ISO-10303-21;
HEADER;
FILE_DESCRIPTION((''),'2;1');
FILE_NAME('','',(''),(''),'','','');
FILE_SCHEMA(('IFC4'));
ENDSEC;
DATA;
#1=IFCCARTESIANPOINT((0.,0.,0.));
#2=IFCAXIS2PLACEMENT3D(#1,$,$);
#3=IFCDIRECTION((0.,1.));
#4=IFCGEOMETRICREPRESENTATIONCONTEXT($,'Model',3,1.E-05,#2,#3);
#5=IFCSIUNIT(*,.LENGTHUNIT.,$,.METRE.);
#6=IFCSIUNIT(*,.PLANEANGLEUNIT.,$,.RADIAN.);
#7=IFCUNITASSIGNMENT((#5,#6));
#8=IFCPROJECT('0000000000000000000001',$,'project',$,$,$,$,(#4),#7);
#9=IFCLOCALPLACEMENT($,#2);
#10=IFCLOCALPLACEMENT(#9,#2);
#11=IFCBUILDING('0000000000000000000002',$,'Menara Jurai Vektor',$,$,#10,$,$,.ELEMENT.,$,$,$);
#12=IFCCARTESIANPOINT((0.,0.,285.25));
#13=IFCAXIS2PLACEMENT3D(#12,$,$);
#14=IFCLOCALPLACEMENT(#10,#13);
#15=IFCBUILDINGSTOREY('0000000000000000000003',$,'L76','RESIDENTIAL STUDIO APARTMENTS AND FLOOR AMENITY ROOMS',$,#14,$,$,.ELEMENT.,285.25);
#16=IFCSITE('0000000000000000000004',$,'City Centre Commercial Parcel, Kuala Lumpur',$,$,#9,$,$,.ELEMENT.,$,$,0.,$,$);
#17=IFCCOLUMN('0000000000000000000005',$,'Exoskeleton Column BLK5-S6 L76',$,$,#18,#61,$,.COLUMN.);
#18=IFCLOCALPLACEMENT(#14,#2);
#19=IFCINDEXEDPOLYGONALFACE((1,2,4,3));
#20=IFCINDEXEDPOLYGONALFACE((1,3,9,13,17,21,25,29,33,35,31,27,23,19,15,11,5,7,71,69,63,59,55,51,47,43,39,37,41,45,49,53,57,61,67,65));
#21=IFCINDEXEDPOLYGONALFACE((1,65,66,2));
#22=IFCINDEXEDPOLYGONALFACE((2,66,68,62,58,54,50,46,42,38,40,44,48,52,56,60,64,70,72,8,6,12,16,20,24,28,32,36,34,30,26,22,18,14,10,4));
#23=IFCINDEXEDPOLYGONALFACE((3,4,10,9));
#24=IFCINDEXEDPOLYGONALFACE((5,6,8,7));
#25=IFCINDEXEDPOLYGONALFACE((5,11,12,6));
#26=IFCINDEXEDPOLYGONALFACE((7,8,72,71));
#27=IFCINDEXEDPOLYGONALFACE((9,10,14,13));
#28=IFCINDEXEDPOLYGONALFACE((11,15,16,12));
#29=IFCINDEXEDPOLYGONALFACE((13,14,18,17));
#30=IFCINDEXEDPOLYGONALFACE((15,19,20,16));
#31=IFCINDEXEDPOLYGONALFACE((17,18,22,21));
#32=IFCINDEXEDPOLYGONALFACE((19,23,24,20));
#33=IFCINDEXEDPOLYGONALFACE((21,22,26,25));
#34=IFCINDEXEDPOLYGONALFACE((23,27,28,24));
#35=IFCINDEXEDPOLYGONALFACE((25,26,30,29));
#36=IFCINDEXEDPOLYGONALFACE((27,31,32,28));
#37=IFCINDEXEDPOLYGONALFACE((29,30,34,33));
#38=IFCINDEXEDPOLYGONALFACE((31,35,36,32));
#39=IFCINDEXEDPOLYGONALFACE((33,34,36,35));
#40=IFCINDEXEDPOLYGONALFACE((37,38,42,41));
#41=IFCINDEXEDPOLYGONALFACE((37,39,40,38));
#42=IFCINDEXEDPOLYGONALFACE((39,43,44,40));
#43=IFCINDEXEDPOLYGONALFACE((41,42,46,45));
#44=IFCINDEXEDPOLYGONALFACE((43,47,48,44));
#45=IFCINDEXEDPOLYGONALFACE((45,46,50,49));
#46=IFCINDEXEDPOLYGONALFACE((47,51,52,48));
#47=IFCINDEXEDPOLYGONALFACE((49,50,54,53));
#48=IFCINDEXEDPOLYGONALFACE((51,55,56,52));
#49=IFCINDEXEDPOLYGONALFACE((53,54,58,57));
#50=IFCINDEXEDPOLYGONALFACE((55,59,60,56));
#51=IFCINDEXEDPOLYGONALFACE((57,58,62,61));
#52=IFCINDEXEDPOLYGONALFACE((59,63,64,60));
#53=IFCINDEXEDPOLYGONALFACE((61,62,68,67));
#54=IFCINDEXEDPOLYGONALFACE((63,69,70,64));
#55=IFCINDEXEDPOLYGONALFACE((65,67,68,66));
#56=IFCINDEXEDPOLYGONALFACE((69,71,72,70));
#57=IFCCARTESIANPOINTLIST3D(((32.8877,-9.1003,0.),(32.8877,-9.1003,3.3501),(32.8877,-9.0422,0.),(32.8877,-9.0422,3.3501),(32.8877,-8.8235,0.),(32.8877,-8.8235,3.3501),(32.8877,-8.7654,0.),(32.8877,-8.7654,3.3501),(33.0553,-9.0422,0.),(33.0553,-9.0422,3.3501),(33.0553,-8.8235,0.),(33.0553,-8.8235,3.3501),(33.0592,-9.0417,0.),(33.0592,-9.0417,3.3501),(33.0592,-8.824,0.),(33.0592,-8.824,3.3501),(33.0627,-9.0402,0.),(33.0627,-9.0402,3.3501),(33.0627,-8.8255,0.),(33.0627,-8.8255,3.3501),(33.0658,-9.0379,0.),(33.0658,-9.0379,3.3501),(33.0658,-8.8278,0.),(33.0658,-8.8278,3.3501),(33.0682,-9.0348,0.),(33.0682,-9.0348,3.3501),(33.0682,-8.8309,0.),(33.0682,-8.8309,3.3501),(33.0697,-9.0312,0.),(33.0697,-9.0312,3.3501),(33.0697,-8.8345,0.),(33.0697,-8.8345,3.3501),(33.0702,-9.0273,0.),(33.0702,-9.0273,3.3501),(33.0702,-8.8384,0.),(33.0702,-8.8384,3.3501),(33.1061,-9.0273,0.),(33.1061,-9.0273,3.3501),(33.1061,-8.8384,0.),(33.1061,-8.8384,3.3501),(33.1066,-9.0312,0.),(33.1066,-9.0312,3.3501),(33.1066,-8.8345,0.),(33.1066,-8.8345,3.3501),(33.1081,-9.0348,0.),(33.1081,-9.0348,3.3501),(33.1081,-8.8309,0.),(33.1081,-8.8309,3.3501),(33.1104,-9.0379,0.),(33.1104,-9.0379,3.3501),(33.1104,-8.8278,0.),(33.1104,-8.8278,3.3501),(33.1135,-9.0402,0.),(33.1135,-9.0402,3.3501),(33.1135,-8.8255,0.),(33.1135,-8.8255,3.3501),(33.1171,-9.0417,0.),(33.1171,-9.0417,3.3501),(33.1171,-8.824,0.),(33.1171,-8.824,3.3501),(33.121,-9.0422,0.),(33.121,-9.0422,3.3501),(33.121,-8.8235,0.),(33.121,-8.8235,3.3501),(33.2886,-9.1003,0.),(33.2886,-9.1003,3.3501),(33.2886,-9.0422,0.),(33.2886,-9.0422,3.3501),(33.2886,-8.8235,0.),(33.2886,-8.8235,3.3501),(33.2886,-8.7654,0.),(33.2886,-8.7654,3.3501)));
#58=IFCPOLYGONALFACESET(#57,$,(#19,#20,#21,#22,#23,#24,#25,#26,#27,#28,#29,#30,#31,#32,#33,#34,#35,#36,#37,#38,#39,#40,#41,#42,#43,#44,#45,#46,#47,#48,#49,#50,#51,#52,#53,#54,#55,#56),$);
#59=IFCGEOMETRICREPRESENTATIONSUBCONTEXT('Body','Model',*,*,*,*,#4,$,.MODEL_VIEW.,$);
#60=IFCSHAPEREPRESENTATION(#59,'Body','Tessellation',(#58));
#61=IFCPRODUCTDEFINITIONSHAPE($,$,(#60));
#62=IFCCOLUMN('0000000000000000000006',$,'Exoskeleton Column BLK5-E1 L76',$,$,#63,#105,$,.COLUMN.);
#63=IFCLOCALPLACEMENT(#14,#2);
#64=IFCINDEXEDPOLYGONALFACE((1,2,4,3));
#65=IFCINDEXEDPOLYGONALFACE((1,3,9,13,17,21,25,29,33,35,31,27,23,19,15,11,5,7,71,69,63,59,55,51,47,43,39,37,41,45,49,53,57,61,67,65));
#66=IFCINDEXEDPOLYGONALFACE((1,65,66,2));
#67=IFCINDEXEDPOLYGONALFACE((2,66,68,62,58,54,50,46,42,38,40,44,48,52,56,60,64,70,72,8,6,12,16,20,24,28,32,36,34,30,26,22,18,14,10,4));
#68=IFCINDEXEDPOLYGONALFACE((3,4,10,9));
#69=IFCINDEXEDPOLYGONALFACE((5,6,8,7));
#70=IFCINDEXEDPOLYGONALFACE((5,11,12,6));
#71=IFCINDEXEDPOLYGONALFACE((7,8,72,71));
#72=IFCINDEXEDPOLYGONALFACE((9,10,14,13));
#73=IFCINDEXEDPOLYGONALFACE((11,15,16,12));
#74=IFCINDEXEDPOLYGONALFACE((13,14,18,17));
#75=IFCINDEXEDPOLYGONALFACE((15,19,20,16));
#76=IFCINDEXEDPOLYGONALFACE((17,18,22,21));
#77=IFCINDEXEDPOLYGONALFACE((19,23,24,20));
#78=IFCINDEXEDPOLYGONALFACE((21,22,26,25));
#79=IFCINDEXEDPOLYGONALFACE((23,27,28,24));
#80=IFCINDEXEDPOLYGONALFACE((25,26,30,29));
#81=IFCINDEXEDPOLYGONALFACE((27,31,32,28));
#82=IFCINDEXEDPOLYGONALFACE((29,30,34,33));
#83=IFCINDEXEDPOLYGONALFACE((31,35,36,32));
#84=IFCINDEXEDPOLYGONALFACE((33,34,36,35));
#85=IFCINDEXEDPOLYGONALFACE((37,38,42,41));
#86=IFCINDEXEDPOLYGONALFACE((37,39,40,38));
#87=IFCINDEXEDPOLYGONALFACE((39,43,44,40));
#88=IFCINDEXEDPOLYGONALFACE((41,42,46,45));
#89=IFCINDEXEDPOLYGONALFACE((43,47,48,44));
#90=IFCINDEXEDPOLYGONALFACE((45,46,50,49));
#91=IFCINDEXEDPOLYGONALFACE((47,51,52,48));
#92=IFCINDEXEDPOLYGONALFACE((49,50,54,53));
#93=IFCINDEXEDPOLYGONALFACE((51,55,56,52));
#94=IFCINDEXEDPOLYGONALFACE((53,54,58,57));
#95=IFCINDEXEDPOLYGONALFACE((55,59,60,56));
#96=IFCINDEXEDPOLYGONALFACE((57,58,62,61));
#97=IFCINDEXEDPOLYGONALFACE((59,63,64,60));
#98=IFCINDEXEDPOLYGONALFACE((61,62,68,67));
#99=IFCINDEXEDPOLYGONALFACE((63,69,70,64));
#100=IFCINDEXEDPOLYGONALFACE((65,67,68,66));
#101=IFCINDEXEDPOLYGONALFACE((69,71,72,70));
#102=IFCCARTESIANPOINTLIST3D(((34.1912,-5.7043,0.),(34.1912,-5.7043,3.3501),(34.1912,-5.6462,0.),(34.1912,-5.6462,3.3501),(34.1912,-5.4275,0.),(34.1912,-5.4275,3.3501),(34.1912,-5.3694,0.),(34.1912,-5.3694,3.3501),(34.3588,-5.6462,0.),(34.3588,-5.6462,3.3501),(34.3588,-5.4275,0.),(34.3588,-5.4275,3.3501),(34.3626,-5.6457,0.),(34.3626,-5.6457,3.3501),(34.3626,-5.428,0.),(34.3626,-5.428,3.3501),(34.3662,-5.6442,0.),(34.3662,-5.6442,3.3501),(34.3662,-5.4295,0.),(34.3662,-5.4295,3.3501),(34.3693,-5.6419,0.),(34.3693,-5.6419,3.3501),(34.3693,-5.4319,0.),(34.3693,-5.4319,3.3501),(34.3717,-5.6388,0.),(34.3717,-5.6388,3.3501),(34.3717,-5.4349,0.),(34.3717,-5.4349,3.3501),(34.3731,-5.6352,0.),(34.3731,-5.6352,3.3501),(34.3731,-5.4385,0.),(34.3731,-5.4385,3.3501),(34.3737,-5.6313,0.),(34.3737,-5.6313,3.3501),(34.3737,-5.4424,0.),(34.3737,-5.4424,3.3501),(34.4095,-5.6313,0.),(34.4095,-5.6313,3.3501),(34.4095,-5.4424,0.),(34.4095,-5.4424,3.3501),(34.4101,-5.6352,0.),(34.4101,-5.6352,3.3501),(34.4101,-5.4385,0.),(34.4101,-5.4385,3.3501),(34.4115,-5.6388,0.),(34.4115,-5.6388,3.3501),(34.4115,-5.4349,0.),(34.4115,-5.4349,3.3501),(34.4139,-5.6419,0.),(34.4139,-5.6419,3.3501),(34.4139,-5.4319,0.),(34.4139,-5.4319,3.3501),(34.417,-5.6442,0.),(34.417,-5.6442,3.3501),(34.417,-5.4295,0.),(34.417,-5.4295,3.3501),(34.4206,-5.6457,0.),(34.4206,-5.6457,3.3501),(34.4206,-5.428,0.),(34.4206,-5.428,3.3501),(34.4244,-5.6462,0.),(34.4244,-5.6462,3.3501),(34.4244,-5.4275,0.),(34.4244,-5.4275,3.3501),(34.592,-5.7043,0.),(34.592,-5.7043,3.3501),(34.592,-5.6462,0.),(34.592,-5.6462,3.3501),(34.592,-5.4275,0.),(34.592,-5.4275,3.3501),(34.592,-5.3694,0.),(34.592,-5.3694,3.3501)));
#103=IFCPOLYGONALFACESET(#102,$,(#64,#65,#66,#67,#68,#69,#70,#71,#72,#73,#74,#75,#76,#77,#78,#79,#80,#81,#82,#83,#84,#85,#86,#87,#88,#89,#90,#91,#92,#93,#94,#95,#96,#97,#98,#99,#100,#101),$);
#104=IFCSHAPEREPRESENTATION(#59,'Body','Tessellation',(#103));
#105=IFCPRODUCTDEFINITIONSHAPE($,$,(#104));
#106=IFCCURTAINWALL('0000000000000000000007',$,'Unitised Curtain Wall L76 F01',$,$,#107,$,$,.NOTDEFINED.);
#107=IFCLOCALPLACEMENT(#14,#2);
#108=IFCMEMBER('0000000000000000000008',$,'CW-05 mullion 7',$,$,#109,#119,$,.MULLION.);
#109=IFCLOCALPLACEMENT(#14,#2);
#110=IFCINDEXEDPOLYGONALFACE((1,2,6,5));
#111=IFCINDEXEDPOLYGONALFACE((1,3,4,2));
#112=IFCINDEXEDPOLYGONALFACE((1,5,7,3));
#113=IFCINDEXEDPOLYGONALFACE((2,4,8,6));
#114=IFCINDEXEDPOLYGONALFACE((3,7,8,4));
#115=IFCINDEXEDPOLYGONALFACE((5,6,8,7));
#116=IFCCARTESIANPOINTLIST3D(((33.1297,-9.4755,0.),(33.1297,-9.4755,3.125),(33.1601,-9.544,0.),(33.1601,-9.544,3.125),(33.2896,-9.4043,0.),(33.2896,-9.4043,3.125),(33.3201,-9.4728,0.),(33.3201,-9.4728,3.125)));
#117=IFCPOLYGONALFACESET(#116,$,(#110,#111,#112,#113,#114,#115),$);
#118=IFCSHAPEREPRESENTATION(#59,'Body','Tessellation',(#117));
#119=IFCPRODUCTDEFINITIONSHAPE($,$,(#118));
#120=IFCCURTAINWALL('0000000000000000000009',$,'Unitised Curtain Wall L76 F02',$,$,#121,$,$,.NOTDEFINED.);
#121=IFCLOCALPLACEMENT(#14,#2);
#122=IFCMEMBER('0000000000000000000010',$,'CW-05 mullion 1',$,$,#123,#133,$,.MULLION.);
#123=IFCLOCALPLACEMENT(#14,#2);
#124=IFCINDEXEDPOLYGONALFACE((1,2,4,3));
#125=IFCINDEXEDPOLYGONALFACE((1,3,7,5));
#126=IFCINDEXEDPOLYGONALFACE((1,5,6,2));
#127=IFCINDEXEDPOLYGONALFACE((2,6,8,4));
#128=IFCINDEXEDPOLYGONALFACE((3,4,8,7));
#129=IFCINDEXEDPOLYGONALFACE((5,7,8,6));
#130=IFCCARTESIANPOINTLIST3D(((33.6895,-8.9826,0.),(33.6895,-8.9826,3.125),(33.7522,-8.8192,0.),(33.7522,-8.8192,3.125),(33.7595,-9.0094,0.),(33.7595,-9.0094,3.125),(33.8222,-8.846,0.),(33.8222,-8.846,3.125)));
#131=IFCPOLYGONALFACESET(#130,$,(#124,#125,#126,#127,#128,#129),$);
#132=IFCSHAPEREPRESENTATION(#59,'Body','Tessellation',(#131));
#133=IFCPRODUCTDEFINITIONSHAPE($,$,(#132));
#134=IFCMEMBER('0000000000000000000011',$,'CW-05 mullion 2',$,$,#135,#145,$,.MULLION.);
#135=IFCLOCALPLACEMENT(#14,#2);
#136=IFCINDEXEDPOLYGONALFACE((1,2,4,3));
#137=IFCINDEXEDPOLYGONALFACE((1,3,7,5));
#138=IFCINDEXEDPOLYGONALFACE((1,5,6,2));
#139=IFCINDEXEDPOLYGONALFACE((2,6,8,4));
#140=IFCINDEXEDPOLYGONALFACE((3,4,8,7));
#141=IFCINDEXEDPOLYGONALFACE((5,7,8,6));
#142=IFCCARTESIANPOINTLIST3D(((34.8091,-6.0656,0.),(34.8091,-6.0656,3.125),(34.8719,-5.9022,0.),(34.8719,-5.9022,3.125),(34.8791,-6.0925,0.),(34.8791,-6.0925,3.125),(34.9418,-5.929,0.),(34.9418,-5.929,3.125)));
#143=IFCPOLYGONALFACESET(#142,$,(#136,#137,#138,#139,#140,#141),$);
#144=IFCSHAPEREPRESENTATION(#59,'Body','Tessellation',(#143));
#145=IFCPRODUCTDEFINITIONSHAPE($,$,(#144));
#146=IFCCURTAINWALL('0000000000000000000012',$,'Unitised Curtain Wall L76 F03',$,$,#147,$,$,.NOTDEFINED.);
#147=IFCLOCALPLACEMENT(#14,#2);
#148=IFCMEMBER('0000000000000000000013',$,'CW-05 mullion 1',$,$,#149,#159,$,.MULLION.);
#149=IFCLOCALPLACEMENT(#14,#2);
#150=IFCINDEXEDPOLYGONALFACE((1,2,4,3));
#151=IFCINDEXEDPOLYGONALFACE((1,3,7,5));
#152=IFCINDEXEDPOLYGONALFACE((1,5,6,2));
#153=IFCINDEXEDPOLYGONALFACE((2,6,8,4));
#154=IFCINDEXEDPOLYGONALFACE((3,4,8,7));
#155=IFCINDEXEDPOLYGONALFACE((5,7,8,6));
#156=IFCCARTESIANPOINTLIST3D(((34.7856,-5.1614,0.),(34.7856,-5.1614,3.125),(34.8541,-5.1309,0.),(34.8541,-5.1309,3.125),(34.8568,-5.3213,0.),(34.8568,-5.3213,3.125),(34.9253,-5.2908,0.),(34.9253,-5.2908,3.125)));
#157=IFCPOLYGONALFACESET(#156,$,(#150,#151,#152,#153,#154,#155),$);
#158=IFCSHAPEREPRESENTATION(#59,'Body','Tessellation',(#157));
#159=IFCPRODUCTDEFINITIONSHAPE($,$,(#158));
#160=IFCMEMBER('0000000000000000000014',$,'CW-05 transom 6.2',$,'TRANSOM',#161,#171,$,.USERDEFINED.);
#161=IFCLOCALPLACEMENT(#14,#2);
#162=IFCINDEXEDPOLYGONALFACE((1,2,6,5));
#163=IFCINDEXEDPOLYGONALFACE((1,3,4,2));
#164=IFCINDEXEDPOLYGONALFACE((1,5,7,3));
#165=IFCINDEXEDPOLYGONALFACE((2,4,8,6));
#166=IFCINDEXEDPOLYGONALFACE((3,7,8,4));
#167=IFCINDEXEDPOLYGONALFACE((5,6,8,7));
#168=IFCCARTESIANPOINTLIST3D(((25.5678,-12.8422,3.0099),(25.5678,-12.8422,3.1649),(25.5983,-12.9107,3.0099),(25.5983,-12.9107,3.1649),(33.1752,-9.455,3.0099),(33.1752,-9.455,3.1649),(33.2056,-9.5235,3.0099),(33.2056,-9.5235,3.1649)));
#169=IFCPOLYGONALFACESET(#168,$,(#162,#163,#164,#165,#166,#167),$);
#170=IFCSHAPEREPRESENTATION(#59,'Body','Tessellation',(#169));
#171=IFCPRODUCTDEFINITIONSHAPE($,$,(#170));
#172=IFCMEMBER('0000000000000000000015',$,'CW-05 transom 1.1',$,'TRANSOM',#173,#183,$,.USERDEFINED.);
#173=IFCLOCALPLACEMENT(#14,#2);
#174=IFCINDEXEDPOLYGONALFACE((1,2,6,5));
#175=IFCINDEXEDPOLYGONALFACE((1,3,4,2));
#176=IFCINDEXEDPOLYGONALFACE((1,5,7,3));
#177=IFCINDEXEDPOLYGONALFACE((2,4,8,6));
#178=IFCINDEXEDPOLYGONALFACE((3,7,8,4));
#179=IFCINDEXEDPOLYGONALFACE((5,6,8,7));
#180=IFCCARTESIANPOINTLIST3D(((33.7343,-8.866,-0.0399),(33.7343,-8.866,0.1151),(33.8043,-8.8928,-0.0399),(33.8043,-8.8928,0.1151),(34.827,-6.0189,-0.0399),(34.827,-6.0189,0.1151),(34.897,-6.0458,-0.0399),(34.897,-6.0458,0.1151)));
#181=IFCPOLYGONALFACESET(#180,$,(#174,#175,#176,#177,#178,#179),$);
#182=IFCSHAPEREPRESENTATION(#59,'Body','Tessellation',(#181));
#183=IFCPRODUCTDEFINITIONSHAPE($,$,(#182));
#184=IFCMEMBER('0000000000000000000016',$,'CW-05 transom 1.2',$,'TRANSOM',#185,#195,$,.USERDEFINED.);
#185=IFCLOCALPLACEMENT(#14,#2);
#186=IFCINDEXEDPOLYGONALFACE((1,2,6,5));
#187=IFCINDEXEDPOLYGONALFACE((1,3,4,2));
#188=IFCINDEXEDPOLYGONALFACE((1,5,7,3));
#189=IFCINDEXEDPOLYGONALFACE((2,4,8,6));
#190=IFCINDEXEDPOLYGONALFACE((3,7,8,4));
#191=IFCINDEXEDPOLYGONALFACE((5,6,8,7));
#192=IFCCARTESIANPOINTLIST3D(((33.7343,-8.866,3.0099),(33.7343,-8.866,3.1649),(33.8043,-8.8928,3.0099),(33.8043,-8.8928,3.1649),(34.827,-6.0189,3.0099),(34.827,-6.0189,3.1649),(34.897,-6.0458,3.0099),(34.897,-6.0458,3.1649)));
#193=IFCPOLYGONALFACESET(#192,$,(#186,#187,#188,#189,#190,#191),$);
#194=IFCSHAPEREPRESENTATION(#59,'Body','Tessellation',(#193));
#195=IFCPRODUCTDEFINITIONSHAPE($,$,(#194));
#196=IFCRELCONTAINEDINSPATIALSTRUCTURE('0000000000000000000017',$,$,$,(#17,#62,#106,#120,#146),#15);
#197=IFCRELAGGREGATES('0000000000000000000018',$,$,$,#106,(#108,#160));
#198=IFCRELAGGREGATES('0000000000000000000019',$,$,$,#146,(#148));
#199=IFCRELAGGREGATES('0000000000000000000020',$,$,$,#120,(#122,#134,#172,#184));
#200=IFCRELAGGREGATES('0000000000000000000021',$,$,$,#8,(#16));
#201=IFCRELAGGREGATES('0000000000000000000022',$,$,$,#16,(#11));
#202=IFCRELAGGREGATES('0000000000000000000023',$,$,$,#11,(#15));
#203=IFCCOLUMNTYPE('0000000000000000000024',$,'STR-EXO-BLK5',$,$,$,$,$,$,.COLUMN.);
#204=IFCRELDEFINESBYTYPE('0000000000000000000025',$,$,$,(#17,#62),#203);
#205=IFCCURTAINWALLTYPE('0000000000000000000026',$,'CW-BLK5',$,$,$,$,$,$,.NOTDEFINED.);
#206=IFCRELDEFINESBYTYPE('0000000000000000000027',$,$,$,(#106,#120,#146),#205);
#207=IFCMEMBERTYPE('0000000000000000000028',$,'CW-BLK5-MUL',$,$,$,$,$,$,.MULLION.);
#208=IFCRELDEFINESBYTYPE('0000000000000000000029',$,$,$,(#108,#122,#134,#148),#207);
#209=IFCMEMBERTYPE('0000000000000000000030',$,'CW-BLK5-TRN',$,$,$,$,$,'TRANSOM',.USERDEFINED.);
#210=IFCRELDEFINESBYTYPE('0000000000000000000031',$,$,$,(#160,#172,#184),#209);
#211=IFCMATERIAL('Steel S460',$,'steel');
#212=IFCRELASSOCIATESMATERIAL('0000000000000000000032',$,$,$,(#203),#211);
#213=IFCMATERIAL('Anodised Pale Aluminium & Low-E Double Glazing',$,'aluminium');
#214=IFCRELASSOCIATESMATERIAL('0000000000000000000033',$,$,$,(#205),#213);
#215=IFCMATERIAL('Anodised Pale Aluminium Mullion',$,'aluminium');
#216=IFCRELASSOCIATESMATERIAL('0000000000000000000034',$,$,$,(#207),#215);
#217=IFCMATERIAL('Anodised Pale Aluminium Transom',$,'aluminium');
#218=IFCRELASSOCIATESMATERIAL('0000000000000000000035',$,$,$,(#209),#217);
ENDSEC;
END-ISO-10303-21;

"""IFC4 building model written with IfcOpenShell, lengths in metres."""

from ifc_helpers import new_model, si_unit, direction, frame, origin, origin_2d, place, context, subcontext, project, spatial, rectangle, i_section, extrude, material, material_profile, profile_set, type_object, element, aggregate, save


model = new_model("IFC4")

# Units and contexts
model_context = context("Model", 3, precision=1e-05, world=origin(), true_north=direction((0.0, 1.0)))
body_context = subcontext(model_context, "Body", "Model", "MODEL_VIEW")
ifc_project = project(units=[si_unit("LENGTHUNIT", "METRE"), si_unit("PLANEANGLEUNIT", "RADIAN")], contexts=[model_context])

# Site, building, storey
site_placement = place(None, origin())
site = spatial("IfcSite", under=ifc_project, at=site_placement, Name="City Centre Commercial Parcel, Kuala Lumpur", CompositionType="ELEMENT", RefElevation=0.0)
building_placement = place(site_placement, origin())
building = spatial("IfcBuilding", under=site, at=building_placement, Name="Menara Jurai Vektor", CompositionType="ELEMENT")
storey_placement = place(building_placement, frame((0.0, 0.0, 285.25)))
storey = spatial("IfcBuildingStorey", under=building, at=storey_placement, Name="L76", Description="RESIDENTIAL STUDIO APARTMENTS AND FLOOR AMENITY ROOMS", CompositionType="ELEMENT", Elevation=285.25)

# Columns
ifc_material_1 = material(Name="Steel S460", Category="steel")
ifc_material_profile_1 = material_profile(ifc_material_1, i_section(OverallWidth=0.4009, OverallDepth=0.335, WebThickness=0.0359, FlangeThickness=0.0581, FilletRadius=0.0149, at=origin_2d()), Name="HD 400x463")
ifc_profile_set_1 = profile_set([ifc_material_profile_1], Name="Steel S460")
column_type = type_object("IfcColumnType", Name="STR-EXO-BLK5", PredefinedType="COLUMN", material=ifc_profile_set_1)
for number, where, z_axis, x_axis, name in (
    (1, (33.0881, -8.9329, 0.0), (0.0, 0.0, 1.0), (1.0, 0.0, 0.0), "Exoskeleton Column BLK5-S6 L76"),
    (2, (34.3916, -5.5369, 0.0), (0.0, 0.0, 1.0), (1.0, 0.0, 0.0), "Exoskeleton Column BLK5-E1 L76"),
):
    element("IfcColumn", number, at=place(storey_placement, frame(where, z_axis=z_axis, x_axis=x_axis)), inside=storey, type_object=column_type, Name=name, PredefinedType="COLUMN", context=body_context, shape_type="SweptSolid", body=[
        extrude(i_section(OverallWidth=0.4009, OverallDepth=0.335, WebThickness=0.0359, FlangeThickness=0.0581, FilletRadius=0.0149, at=origin_2d()), origin(), (0.0, 0.0, 1.0), 3.3501),
    ])

# Curtain wall, member
ifc_material_2 = material(Name="Anodised Pale Aluminium & Low-E Double Glazing", Category="aluminium")
curtain_wall_type = type_object("IfcCurtainWallType", Name="CW-BLK5", PredefinedType="NOTDEFINED", material=ifc_material_2)
curtain_wall_1_placement = place(storey_placement, origin())
curtain_wall_1 = element("IfcCurtainWall", 3, at=curtain_wall_1_placement, inside=storey, type_object=curtain_wall_type, Name="Unitised Curtain Wall L76 F01", PredefinedType="NOTDEFINED")
ifc_material_3 = material(Name="Anodised Pale Aluminium Mullion", Category="aluminium")
ifc_material_profile_2 = material_profile(ifc_material_3, rectangle(XDim=0.075, YDim=0.175, at=origin_2d()), Name="ALU MUL 75x175")
ifc_profile_set_2 = profile_set([ifc_material_profile_2], Name="Anodised Pale Aluminium Mullion")
member_type_1 = type_object("IfcMemberType", Name="CW-BLK5-MUL", PredefinedType="MULLION", material=ifc_profile_set_2)
member_1_placement = place(storey_placement, frame((33.2249, -9.4741, 0.0), z_axis=(0.0, 0.0, 1.0), x_axis=(-0.406735, 0.913546, 0.0)))
member_1 = element("IfcMember", 4, at=member_1_placement, type_object=member_type_1, Name="CW-05 mullion 7", PredefinedType="MULLION", context=body_context, shape_type="SweptSolid", body=[
    extrude(rectangle(XDim=0.075, YDim=0.175, at=origin_2d()), origin(), (0.0, 0.0, 1.0), 3.125),
])

# Curtain wall, members
curtain_wall_2_placement = place(storey_placement, origin())
curtain_wall_2 = element("IfcCurtainWall", 5, at=curtain_wall_2_placement, inside=storey, type_object=curtain_wall_type, Name="Unitised Curtain Wall L76 F02", PredefinedType="NOTDEFINED")
member_2_placement = place(storey_placement, frame((33.7559, -8.9143, 0.0), z_axis=(0.0, 0.0, 1.0), x_axis=(-0.933578, 0.358374, 0.0)))
member_2 = element("IfcMember", 6, at=member_2_placement, type_object=member_type_1, Name="CW-05 mullion 1", PredefinedType="MULLION", context=body_context, shape_type="SweptSolid", body=[
    extrude(rectangle(XDim=0.075, YDim=0.175, at=origin_2d()), origin(), (0.0, 0.0, 1.0), 3.125),
])
member_3_placement = place(storey_placement, frame((34.8755, -5.9973, 0.0), z_axis=(0.0, 0.0, 1.0), x_axis=(-0.933578, 0.358374, 0.0)))
member_3 = element("IfcMember", 7, at=member_3_placement, type_object=member_type_1, Name="CW-05 mullion 2", PredefinedType="MULLION", context=body_context, shape_type="SweptSolid", body=[
    extrude(rectangle(XDim=0.075, YDim=0.175, at=origin_2d()), origin(), (0.0, 0.0, 1.0), 3.125),
])

# Curtain wall, member
curtain_wall_3_placement = place(storey_placement, origin())
curtain_wall_3 = element("IfcCurtainWall", 8, at=curtain_wall_3_placement, inside=storey, type_object=curtain_wall_type, Name="Unitised Curtain Wall L76 F03", PredefinedType="NOTDEFINED")
member_4_placement = place(storey_placement, frame((34.8555, -5.2261, 0.0), z_axis=(0.0, 0.0, 1.0), x_axis=(-0.913546, -0.406735, 0.0)))
member_4 = element("IfcMember", 9, at=member_4_placement, type_object=member_type_1, Name="CW-05 mullion 1", PredefinedType="MULLION", context=body_context, shape_type="SweptSolid", body=[
    extrude(rectangle(XDim=0.075, YDim=0.175, at=origin_2d()), origin(), (0.0, 0.0, 1.0), 3.125),
])

# Members
ifc_material_4 = material(Name="Anodised Pale Aluminium Transom", Category="aluminium")
ifc_material_profile_3 = material_profile(ifc_material_4, rectangle(XDim=0.075, YDim=0.155, at=origin_2d()), Name="ALU TRN 75x155")
ifc_profile_set_3 = profile_set([ifc_material_profile_3], Name="Anodised Pale Aluminium Transom")
member_type_2 = type_object("IfcMemberType", Name="CW-BLK5-TRN", ElementType="TRANSOM", PredefinedType="USERDEFINED", material=ifc_profile_set_3)
member_5_placement = place(storey_placement, frame((25.583, -12.8765, 3.0874), z_axis=(0.913538, 0.406753, 0.0), x_axis=(-0.406753, 0.913538, 0.0)))
member_5 = element("IfcMember", 10, at=member_5_placement, type_object=member_type_2, Name="CW-05 transom 6.2", ObjectType="TRANSOM", PredefinedType="USERDEFINED", context=body_context, shape_type="SweptSolid", body=[
    extrude(rectangle(XDim=0.075, YDim=0.155, at=origin_2d()), origin(), (0.0, 0.0, 1.0), 8.3274),
])
member_6_placement = place(storey_placement, frame((33.7693, -8.8794, 0.0376), z_axis=(0.358325, 0.933597, 0.0), x_axis=(-0.933597, 0.358325, 0.0)))
member_6 = element("IfcMember", 11, at=member_6_placement, type_object=member_type_2, Name="CW-05 transom 1.1", ObjectType="TRANSOM", PredefinedType="USERDEFINED", context=body_context, shape_type="SweptSolid", body=[
    extrude(rectangle(XDim=0.075, YDim=0.155, at=origin_2d()), origin(), (0.0, 0.0, 1.0), 3.0496),
])
member_7_placement = place(storey_placement, frame((33.7693, -8.8794, 3.0874), z_axis=(0.358325, 0.933597, 0.0), x_axis=(-0.933597, 0.358325, 0.0)))
member_7 = element("IfcMember", 12, at=member_7_placement, type_object=member_type_2, Name="CW-05 transom 1.2", ObjectType="TRANSOM", PredefinedType="USERDEFINED", context=body_context, shape_type="SweptSolid", body=[
    extrude(rectangle(XDim=0.075, YDim=0.155, at=origin_2d()), origin(), (0.0, 0.0, 1.0), 3.0496),
])

aggregate(curtain_wall_1, [member_1, member_5])
aggregate(curtain_wall_3, [member_4])
aggregate(curtain_wall_2, [member_2, member_3, member_6, member_7])

save(model, "model.ifc")
